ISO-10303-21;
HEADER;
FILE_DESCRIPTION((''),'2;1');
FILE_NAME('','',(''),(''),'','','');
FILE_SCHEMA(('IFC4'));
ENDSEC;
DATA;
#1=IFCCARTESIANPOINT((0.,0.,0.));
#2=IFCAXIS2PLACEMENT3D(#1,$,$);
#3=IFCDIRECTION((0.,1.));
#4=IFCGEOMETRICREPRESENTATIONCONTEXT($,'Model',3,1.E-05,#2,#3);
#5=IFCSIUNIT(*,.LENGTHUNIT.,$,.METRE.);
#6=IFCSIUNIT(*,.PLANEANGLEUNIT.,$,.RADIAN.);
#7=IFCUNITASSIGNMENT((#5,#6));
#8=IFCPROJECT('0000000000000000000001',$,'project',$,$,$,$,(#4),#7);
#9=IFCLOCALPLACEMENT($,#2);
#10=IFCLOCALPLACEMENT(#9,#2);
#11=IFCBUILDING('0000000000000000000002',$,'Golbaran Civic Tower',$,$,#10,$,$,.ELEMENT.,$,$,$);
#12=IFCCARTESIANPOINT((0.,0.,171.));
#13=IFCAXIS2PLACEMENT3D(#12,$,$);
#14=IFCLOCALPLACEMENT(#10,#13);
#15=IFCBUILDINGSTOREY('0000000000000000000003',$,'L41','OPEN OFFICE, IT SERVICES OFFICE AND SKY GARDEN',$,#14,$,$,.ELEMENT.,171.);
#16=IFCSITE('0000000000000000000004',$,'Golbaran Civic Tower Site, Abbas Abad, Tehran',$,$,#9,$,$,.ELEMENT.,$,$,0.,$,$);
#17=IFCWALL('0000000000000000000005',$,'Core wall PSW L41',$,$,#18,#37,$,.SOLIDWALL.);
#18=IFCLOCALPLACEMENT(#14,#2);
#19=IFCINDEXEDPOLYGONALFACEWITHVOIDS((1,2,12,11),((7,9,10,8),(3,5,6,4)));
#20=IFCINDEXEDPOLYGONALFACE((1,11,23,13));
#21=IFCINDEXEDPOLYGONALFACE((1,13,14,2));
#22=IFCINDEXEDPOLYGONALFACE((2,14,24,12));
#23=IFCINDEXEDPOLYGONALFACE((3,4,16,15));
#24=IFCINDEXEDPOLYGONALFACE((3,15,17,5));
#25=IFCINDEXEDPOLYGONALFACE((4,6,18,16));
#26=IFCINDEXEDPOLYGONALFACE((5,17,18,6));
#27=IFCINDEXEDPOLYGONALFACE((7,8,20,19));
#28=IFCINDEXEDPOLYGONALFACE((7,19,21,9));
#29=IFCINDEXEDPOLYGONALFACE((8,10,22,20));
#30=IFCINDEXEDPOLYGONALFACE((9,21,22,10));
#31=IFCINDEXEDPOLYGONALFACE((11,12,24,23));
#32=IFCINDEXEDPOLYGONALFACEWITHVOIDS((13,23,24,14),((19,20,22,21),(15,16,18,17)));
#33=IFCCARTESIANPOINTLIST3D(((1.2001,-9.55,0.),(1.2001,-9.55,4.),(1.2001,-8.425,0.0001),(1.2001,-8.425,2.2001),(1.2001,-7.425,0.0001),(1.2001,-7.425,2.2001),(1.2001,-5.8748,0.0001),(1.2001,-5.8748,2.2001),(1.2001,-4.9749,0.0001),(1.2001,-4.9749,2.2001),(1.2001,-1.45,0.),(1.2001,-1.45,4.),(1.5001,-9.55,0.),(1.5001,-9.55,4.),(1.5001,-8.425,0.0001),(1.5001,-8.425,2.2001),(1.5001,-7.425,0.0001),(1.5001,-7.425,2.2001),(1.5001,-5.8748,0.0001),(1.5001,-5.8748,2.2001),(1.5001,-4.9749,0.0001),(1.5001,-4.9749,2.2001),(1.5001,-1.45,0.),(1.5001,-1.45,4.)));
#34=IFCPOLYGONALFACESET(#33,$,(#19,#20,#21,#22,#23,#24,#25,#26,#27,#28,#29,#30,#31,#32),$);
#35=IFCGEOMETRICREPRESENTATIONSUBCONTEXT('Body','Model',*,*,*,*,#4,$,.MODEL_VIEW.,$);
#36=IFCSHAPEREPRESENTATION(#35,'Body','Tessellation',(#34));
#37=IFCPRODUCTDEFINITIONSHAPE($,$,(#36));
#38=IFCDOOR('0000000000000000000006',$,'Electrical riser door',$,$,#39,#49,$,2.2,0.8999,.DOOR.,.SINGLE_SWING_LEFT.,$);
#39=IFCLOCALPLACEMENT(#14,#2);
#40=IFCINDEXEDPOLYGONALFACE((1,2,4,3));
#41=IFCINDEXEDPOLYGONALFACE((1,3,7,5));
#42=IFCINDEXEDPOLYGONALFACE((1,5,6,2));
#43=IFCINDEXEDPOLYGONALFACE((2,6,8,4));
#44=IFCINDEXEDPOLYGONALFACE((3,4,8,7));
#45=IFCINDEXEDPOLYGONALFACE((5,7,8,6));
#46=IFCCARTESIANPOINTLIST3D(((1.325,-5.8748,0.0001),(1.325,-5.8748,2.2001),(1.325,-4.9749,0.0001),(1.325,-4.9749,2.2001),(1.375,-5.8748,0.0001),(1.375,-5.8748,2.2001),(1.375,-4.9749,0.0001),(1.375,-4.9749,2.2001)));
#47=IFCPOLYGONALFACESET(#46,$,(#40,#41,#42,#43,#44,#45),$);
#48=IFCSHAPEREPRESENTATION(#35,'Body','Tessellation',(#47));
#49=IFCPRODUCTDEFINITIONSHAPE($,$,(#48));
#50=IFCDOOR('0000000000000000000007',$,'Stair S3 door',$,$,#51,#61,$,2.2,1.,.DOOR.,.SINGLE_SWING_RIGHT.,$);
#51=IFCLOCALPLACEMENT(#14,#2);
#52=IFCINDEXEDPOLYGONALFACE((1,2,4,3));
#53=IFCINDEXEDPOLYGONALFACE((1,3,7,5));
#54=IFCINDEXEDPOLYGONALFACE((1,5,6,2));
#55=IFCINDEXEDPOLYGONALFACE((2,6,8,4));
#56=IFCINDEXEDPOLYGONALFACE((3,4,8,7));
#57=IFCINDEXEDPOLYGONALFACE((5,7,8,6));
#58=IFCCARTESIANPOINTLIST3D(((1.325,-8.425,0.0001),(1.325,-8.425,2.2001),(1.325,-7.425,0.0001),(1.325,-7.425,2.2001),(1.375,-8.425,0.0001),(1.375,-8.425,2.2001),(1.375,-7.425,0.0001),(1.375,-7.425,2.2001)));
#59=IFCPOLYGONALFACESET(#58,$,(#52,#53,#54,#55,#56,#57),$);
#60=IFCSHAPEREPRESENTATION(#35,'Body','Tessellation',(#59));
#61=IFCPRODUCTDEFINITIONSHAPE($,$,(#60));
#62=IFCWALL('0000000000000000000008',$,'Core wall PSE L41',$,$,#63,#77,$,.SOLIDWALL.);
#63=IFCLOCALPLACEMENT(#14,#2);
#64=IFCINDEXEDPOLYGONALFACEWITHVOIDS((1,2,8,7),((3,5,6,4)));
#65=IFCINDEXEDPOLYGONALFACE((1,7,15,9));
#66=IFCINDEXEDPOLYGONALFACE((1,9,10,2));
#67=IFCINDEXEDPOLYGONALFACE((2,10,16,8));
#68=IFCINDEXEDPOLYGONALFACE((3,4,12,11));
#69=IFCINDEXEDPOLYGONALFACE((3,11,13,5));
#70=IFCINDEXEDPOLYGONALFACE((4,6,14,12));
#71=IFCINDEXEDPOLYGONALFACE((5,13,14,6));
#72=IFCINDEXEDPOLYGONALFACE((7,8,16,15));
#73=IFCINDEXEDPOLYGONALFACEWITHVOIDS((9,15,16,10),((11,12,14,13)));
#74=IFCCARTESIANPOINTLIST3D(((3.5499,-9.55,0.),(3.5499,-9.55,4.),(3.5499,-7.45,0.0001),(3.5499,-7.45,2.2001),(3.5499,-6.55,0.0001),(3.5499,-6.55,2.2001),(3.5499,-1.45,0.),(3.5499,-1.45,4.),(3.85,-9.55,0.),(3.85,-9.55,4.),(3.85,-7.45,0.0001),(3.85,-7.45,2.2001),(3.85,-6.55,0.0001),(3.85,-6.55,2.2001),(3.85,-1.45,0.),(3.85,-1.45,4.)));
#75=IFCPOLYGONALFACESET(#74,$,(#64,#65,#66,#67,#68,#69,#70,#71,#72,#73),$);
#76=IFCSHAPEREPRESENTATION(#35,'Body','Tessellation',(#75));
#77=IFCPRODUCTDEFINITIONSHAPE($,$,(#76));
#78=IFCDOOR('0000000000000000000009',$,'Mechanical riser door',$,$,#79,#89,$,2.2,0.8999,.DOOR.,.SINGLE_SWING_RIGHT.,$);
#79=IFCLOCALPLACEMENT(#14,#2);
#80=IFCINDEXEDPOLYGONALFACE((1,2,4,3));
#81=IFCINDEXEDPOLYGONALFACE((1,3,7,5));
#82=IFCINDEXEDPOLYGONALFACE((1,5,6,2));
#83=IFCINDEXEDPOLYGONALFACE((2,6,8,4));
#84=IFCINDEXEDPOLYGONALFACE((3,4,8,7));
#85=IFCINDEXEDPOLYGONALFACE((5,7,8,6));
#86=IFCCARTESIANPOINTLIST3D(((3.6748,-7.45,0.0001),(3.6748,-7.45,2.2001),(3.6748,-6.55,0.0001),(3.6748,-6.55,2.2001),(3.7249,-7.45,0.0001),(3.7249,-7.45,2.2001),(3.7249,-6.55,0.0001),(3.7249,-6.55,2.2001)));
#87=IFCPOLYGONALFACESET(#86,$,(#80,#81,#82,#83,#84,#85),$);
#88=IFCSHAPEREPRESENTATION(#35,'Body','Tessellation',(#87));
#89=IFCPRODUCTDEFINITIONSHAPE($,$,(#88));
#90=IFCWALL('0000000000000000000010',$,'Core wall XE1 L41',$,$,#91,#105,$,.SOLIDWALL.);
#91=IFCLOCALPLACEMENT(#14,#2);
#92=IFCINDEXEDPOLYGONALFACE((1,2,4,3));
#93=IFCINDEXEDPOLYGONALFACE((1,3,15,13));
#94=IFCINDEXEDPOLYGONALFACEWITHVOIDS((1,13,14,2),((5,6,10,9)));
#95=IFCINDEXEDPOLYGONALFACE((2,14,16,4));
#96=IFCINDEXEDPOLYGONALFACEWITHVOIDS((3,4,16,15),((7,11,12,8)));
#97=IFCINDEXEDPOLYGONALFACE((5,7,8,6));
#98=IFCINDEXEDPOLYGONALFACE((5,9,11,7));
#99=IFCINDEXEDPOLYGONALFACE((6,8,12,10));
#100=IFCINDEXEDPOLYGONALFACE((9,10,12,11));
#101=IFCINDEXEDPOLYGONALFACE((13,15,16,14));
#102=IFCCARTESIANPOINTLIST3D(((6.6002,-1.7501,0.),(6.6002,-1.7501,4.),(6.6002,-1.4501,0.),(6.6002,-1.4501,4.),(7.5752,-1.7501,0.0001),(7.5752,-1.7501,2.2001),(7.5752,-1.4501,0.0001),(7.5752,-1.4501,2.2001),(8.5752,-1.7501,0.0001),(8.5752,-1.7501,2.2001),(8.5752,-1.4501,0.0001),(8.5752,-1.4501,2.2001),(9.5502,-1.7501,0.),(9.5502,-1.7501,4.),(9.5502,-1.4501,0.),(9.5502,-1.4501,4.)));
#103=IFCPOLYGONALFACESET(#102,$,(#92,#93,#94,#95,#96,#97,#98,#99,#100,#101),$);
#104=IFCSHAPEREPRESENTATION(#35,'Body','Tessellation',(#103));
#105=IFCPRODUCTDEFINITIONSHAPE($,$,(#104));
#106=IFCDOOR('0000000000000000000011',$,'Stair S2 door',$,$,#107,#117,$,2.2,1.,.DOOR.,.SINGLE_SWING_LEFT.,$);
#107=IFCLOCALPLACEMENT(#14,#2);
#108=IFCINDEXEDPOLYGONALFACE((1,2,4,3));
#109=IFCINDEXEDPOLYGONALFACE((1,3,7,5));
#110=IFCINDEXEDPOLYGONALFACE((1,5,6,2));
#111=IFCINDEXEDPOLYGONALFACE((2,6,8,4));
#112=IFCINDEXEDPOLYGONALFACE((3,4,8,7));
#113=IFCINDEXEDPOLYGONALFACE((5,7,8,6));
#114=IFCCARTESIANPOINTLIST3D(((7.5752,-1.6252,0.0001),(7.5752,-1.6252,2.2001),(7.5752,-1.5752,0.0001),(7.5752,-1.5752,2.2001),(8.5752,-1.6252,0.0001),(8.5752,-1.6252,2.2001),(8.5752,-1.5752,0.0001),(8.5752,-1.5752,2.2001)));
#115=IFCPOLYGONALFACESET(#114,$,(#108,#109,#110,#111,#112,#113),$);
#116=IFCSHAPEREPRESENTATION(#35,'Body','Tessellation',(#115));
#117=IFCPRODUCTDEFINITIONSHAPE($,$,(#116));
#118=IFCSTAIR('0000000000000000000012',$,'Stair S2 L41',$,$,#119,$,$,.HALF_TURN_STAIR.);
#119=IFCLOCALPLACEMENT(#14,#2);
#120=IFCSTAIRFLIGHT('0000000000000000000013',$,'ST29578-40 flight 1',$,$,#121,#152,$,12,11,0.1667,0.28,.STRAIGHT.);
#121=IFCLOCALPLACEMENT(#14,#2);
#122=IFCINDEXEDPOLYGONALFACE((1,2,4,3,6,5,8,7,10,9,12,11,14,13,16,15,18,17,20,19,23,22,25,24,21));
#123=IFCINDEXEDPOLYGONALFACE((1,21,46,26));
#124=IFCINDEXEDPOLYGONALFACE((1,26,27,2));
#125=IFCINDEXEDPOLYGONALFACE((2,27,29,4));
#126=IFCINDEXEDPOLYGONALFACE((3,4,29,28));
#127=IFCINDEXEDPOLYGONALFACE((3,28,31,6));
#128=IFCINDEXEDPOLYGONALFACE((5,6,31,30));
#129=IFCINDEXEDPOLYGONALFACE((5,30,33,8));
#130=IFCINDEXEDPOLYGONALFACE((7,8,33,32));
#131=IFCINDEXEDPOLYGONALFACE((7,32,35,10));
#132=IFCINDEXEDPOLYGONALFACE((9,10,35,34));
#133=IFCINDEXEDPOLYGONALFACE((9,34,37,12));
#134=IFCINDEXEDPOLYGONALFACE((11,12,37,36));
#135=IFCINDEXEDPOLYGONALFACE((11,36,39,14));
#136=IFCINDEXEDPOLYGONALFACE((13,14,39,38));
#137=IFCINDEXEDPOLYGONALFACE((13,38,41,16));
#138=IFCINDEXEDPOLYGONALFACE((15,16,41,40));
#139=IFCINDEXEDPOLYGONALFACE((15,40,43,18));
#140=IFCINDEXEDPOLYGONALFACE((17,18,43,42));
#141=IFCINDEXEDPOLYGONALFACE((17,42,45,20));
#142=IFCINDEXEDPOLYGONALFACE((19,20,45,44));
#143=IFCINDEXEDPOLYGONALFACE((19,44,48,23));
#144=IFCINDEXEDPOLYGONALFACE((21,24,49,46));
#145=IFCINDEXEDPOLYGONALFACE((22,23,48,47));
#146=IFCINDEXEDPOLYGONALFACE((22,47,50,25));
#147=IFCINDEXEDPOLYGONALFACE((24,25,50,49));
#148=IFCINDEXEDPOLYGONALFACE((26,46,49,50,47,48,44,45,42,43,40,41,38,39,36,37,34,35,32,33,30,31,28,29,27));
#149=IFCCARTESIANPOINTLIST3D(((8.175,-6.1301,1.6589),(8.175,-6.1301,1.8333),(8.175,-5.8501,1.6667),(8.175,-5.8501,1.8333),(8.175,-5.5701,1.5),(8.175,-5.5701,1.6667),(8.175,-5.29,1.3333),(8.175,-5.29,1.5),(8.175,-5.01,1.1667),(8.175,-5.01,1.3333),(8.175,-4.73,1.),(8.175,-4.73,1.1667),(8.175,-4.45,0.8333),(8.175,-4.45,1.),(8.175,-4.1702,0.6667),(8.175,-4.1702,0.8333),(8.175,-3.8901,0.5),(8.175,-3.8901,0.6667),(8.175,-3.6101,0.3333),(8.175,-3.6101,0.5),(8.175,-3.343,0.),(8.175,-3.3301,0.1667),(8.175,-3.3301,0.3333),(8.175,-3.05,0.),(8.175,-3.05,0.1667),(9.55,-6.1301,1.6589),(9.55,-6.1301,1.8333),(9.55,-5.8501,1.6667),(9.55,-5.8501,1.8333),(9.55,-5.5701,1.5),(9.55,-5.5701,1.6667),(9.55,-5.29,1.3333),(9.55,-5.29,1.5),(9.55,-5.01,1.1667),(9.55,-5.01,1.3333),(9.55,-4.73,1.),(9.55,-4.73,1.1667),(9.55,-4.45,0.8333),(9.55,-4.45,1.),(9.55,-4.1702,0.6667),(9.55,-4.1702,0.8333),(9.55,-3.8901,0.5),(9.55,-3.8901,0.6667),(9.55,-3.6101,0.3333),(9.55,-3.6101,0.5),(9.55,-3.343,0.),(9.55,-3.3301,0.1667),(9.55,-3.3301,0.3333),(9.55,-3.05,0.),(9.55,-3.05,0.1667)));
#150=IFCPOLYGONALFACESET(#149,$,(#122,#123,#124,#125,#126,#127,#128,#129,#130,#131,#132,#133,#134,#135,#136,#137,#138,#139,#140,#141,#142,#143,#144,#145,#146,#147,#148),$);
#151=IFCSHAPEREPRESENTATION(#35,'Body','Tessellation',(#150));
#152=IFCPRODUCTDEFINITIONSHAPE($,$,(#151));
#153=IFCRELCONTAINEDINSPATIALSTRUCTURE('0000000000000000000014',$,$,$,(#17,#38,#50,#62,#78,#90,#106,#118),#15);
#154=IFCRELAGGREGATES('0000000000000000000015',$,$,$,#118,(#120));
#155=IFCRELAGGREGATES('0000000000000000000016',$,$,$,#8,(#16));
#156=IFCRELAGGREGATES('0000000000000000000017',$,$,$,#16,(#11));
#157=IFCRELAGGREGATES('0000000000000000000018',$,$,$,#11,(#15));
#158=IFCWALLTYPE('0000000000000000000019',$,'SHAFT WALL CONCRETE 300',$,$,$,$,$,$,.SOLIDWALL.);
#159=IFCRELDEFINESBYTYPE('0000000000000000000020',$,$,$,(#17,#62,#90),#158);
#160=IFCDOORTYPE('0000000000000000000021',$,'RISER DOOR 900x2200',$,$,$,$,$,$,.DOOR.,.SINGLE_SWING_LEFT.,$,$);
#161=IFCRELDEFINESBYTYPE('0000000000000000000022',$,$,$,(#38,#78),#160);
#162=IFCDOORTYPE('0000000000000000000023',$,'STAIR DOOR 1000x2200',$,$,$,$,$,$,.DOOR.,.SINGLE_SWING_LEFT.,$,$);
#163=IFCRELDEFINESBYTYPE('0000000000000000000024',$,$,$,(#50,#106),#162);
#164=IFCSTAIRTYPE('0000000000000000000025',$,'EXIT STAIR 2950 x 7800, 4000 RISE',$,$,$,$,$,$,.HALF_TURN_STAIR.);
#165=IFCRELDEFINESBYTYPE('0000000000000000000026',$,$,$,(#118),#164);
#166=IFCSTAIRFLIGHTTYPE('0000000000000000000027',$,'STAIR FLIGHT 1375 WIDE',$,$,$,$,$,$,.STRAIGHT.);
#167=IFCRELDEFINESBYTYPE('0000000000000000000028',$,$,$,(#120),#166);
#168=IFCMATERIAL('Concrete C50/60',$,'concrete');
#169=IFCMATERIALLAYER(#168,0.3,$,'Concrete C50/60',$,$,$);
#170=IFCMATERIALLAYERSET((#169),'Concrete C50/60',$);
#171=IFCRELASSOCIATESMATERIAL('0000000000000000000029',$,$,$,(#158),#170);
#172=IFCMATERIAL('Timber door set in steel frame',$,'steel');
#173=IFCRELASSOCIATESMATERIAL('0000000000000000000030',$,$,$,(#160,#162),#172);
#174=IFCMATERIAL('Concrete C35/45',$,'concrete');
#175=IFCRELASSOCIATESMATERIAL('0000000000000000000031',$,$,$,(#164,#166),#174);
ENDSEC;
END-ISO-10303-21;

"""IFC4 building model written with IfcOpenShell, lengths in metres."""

from ifc_helpers import new_model, si_unit, direction, frame, frame_2d, origin, place, context, subcontext, project, spatial, polyline, rectangle, outline, extrude, material, layer, layer_set, type_object, element, fill, aggregate, save


model = new_model("IFC4")

# Units and contexts
model_context = context("Model", 3, precision=1e-05, world=origin(), true_north=direction((0.0, 1.0)))
body_context = subcontext(model_context, "Body", "Model", "MODEL_VIEW")
ifc_project = project(units=[si_unit("LENGTHUNIT", "METRE"), si_unit("PLANEANGLEUNIT", "RADIAN")], contexts=[model_context])

# Site, building, storey
site_placement = place(None, origin())
site = spatial("IfcSite", under=ifc_project, at=site_placement, Name="Golbaran Civic Tower Site, Abbas Abad, Tehran", CompositionType="ELEMENT", RefElevation=0.0)
building_placement = place(site_placement, origin())
building = spatial("IfcBuilding", under=site, at=building_placement, Name="Golbaran Civic Tower", CompositionType="ELEMENT")
storey_placement = place(building_placement, frame((0.0, 0.0, 171.0)))
storey = spatial("IfcBuildingStorey", under=building, at=storey_placement, Name="L41", Description="OPEN OFFICE, IT SERVICES OFFICE AND SKY GARDEN", CompositionType="ELEMENT", Elevation=171.0)

# Shared definitions
ifc_material_1 = material(Name="Timber door set in steel frame", Category="steel")

# Shared definitions
ifc_material_2 = material(Name="Concrete C50/60", Category="concrete")
ifc_layer_1 = layer(ifc_material_2, 0.3, Name="Concrete C50/60")
ifc_layer_set_1 = layer_set([ifc_layer_1], Name="Concrete C50/60")
wall_type_1 = type_object("IfcWallType", Name="SHAFT WALL CONCRETE 300", PredefinedType="SOLIDWALL", material=ifc_layer_set_1)

# Wall, openings, doors
wall_1_placement = place(storey_placement, frame((1.3501, -1.45, 0.0), z_axis=(0.0, 0.0, 1.0), x_axis=(0.0, -1.0, 0.0)))
wall_1 = element("IfcWall", 1, at=wall_1_placement, inside=storey, type_object=wall_type_1, Name="Core wall PSW L41", PredefinedType="SOLIDWALL", context=body_context, shape_type="SweptSolid", body=[
    extrude(rectangle(XDim=8.1001, YDim=0.3, at=frame_2d((4.05, 0.0))), origin(), (0.0, 0.0, 1.0), 4.0),
])
opening_1_placement = place(wall_1_placement, frame((5.9751, 0.0, 0.0)))
opening_1 = element("IfcOpeningElement", 2, at=opening_1_placement, cuts=wall_1, PredefinedType="OPENING", context=body_context, shape_type="SweptSolid", body=[
    extrude(rectangle(XDim=1.0, YDim=2.2, at=frame_2d((0.5, 1.1001))), frame((0.0, 0.1599, 0.0), z_axis=(0.0, -1.0, 0.0), x_axis=(1.0, 0.0, 0.0)), (0.0, 0.0, 1.0), 0.3201),
])
opening_2_placement = place(wall_1_placement, frame((3.5249, 0.0, 0.0)))
opening_2 = element("IfcOpeningElement", 3, at=opening_2_placement, cuts=wall_1, PredefinedType="OPENING", context=body_context, shape_type="SweptSolid", body=[
    extrude(rectangle(XDim=0.8999, YDim=2.2, at=frame_2d((0.45, 1.1001))), frame((0.0, 0.1599, 0.0), z_axis=(0.0, -1.0, 0.0), x_axis=(1.0, 0.0, 0.0)), (0.0, 0.0, 1.0), 0.3201),
])
door_type_1 = type_object("IfcDoorType", Name="RISER DOOR 900x2200", OperationType="SINGLE_SWING_LEFT", PredefinedType="DOOR", material=ifc_material_1)
door_1_placement = place(opening_2_placement, origin())
door_1 = element("IfcDoor", 4, at=door_1_placement, inside=storey, type_object=door_type_1, Name="Electrical riser door", OperationType="SINGLE_SWING_LEFT", OverallHeight=2.2, OverallWidth=0.8999, PredefinedType="DOOR", context=body_context, shape_type="SweptSolid", body=[
    extrude(rectangle(XDim=0.8999, YDim=2.2, at=frame_2d((0.45, 1.1001))), frame((0.0, 0.0249, 0.0), z_axis=(0.0, -1.0, 0.0), x_axis=(1.0, 0.0, 0.0)), (0.0, 0.0, 1.0), 0.05),
])
fill(opening_2, door_1)
door_type_2 = type_object("IfcDoorType", Name="STAIR DOOR 1000x2200", OperationType="SINGLE_SWING_LEFT", PredefinedType="DOOR", material=ifc_material_1)
door_2_placement = place(opening_1_placement, origin())
door_2 = element("IfcDoor", 5, at=door_2_placement, inside=storey, type_object=door_type_2, Name="Stair S3 door", OperationType="SINGLE_SWING_RIGHT", OverallHeight=2.2, OverallWidth=1.0, PredefinedType="DOOR", context=body_context, shape_type="SweptSolid", body=[
    extrude(rectangle(XDim=1.0, YDim=2.2, at=frame_2d((0.5, 1.1001))), frame((0.0, 0.0249, 0.0), z_axis=(0.0, -1.0, 0.0), x_axis=(1.0, 0.0, 0.0)), (0.0, 0.0, 1.0), 0.05),
])
fill(opening_1, door_2)

# Walls, openings, doors
wall_2_placement = place(storey_placement, frame((3.7, -1.45, 0.0), z_axis=(0.0, 0.0, 1.0), x_axis=(0.0, -1.0, 0.0)))
wall_2 = element("IfcWall", 6, at=wall_2_placement, inside=storey, type_object=wall_type_1, Name="Core wall PSE L41", PredefinedType="SOLIDWALL", context=body_context, shape_type="SweptSolid", body=[
    extrude(rectangle(XDim=8.1001, YDim=0.3, at=frame_2d((4.05, 0.0))), origin(), (0.0, 0.0, 1.0), 4.0),
])
opening_3_placement = place(wall_2_placement, frame((5.1001, 0.0, 0.0)))
opening_3 = element("IfcOpeningElement", 7, at=opening_3_placement, cuts=wall_2, PredefinedType="OPENING", context=body_context, shape_type="SweptSolid", body=[
    extrude(rectangle(XDim=0.8999, YDim=2.2, at=frame_2d((0.45, 1.1001))), frame((0.0, 0.1599, 0.0), z_axis=(0.0, -1.0, 0.0), x_axis=(1.0, 0.0, 0.0)), (0.0, 0.0, 1.0), 0.3201),
])
door_3_placement = place(opening_3_placement, origin())
door_3 = element("IfcDoor", 8, at=door_3_placement, inside=storey, type_object=door_type_1, Name="Mechanical riser door", OperationType="SINGLE_SWING_RIGHT", OverallHeight=2.2, OverallWidth=0.8999, PredefinedType="DOOR", context=body_context, shape_type="SweptSolid", body=[
    extrude(rectangle(XDim=0.8999, YDim=2.2, at=frame_2d((0.45, 1.1001))), frame((0.0, 0.0249, 0.0), z_axis=(0.0, -1.0, 0.0), x_axis=(1.0, 0.0, 0.0)), (0.0, 0.0, 1.0), 0.05),
])
fill(opening_3, door_3)
wall_3_placement = place(storey_placement, frame((6.6001, -1.6001, 0.0), z_axis=(0.0, 0.0, 1.0), x_axis=(1.0, 0.0, 0.0)))
wall_3 = element("IfcWall", 9, at=wall_3_placement, inside=storey, type_object=wall_type_1, Name="Core wall XE1 L41", PredefinedType="SOLIDWALL", context=body_context, shape_type="SweptSolid", body=[
    extrude(rectangle(XDim=2.95, YDim=0.3, at=frame_2d((1.4751, 0.0))), origin(), (0.0, 0.0, 1.0), 4.0),
])
opening_4_placement = place(wall_3_placement, frame((0.9751, 0.0, 0.0)))
opening_4 = element("IfcOpeningElement", 10, at=opening_4_placement, cuts=wall_3, PredefinedType="OPENING", context=body_context, shape_type="SweptSolid", body=[
    extrude(rectangle(XDim=1.0, YDim=2.2, at=frame_2d((0.5, 1.1001))), frame((0.0, 0.1599, 0.0), z_axis=(0.0, -1.0, 0.0), x_axis=(1.0, 0.0, 0.0)), (0.0, 0.0, 1.0), 0.3201),
])
door_4_placement = place(opening_4_placement, origin())
door_4 = element("IfcDoor", 11, at=door_4_placement, inside=storey, type_object=door_type_2, Name="Stair S2 door", OperationType="SINGLE_SWING_LEFT", OverallHeight=2.2, OverallWidth=1.0, PredefinedType="DOOR", context=body_context, shape_type="SweptSolid", body=[
    extrude(rectangle(XDim=1.0, YDim=2.2, at=frame_2d((0.5, 1.1001))), frame((0.0, 0.0249, 0.0), z_axis=(0.0, -1.0, 0.0), x_axis=(1.0, 0.0, 0.0)), (0.0, 0.0, 1.0), 0.05),
])
fill(opening_4, door_4)

# Stair, stair flight
ifc_material_3 = material(Name="Concrete C35/45", Category="concrete")
stair_type_1 = type_object("IfcStairType", Name="EXIT STAIR 2950 x 7800, 4000 RISE", PredefinedType="HALF_TURN_STAIR", material=ifc_material_3)
stair_1_placement = place(storey_placement, origin())
stair_1 = element("IfcStair", 12, at=stair_1_placement, inside=storey, type_object=stair_type_1, Name="Stair S2 L41", PredefinedType="HALF_TURN_STAIR")
stair_flight_type_1 = type_object("IfcStairFlightType", Name="STAIR FLIGHT 1375 WIDE", PredefinedType="STRAIGHT", material=ifc_material_3)
stair_flight_1_placement = place(storey_placement, frame((8.8625, -3.05, 0.0), z_axis=(0.0, 0.0, 1.0), x_axis=(0.0, -1.0, 0.0)))
stair_flight_1 = element("IfcStairFlight", 13, at=stair_flight_1_placement, type_object=stair_flight_type_1, Name="ST29578-40 flight 1", NumberOfRisers=12, NumberOfTreads=11, PredefinedType="STRAIGHT", RiserHeight=0.1667, TreadLength=0.28, context=body_context, shape_type="SweptSolid", body=[
    extrude(outline(polyline([(0.0, 0.0), (0.0, 0.1667), (0.28, 0.1667), (0.28, 0.3333), (0.5601, 0.3333), (0.5601, 0.5), (0.8401, 0.5), (0.8401, 0.6667), (1.1201, 0.6667), (1.1201, 0.8333), (1.3999, 0.8333), (1.3999, 1.0), (1.6799, 1.0), (1.6799, 1.1667), (1.96, 1.1667), (1.96, 1.3333), (2.24, 1.3333), (2.24, 1.5), (2.52, 1.5), (2.52, 1.6667), (2.8, 1.6667), (2.8, 1.8333), (3.0801, 1.8333), (3.0801, 2.0), (3.0801, 1.6589), (0.293, 0.0), (0.0, 0.0)])), frame((0.0, 0.6875, 0.0), z_axis=(0.0, -1.0, 0.0), x_axis=(1.0, 0.0, 0.0)), (0.0, 0.0, 1.0), 1.375),
])
aggregate(stair_1, [stair_flight_1])

save(model, "model.ifc")
